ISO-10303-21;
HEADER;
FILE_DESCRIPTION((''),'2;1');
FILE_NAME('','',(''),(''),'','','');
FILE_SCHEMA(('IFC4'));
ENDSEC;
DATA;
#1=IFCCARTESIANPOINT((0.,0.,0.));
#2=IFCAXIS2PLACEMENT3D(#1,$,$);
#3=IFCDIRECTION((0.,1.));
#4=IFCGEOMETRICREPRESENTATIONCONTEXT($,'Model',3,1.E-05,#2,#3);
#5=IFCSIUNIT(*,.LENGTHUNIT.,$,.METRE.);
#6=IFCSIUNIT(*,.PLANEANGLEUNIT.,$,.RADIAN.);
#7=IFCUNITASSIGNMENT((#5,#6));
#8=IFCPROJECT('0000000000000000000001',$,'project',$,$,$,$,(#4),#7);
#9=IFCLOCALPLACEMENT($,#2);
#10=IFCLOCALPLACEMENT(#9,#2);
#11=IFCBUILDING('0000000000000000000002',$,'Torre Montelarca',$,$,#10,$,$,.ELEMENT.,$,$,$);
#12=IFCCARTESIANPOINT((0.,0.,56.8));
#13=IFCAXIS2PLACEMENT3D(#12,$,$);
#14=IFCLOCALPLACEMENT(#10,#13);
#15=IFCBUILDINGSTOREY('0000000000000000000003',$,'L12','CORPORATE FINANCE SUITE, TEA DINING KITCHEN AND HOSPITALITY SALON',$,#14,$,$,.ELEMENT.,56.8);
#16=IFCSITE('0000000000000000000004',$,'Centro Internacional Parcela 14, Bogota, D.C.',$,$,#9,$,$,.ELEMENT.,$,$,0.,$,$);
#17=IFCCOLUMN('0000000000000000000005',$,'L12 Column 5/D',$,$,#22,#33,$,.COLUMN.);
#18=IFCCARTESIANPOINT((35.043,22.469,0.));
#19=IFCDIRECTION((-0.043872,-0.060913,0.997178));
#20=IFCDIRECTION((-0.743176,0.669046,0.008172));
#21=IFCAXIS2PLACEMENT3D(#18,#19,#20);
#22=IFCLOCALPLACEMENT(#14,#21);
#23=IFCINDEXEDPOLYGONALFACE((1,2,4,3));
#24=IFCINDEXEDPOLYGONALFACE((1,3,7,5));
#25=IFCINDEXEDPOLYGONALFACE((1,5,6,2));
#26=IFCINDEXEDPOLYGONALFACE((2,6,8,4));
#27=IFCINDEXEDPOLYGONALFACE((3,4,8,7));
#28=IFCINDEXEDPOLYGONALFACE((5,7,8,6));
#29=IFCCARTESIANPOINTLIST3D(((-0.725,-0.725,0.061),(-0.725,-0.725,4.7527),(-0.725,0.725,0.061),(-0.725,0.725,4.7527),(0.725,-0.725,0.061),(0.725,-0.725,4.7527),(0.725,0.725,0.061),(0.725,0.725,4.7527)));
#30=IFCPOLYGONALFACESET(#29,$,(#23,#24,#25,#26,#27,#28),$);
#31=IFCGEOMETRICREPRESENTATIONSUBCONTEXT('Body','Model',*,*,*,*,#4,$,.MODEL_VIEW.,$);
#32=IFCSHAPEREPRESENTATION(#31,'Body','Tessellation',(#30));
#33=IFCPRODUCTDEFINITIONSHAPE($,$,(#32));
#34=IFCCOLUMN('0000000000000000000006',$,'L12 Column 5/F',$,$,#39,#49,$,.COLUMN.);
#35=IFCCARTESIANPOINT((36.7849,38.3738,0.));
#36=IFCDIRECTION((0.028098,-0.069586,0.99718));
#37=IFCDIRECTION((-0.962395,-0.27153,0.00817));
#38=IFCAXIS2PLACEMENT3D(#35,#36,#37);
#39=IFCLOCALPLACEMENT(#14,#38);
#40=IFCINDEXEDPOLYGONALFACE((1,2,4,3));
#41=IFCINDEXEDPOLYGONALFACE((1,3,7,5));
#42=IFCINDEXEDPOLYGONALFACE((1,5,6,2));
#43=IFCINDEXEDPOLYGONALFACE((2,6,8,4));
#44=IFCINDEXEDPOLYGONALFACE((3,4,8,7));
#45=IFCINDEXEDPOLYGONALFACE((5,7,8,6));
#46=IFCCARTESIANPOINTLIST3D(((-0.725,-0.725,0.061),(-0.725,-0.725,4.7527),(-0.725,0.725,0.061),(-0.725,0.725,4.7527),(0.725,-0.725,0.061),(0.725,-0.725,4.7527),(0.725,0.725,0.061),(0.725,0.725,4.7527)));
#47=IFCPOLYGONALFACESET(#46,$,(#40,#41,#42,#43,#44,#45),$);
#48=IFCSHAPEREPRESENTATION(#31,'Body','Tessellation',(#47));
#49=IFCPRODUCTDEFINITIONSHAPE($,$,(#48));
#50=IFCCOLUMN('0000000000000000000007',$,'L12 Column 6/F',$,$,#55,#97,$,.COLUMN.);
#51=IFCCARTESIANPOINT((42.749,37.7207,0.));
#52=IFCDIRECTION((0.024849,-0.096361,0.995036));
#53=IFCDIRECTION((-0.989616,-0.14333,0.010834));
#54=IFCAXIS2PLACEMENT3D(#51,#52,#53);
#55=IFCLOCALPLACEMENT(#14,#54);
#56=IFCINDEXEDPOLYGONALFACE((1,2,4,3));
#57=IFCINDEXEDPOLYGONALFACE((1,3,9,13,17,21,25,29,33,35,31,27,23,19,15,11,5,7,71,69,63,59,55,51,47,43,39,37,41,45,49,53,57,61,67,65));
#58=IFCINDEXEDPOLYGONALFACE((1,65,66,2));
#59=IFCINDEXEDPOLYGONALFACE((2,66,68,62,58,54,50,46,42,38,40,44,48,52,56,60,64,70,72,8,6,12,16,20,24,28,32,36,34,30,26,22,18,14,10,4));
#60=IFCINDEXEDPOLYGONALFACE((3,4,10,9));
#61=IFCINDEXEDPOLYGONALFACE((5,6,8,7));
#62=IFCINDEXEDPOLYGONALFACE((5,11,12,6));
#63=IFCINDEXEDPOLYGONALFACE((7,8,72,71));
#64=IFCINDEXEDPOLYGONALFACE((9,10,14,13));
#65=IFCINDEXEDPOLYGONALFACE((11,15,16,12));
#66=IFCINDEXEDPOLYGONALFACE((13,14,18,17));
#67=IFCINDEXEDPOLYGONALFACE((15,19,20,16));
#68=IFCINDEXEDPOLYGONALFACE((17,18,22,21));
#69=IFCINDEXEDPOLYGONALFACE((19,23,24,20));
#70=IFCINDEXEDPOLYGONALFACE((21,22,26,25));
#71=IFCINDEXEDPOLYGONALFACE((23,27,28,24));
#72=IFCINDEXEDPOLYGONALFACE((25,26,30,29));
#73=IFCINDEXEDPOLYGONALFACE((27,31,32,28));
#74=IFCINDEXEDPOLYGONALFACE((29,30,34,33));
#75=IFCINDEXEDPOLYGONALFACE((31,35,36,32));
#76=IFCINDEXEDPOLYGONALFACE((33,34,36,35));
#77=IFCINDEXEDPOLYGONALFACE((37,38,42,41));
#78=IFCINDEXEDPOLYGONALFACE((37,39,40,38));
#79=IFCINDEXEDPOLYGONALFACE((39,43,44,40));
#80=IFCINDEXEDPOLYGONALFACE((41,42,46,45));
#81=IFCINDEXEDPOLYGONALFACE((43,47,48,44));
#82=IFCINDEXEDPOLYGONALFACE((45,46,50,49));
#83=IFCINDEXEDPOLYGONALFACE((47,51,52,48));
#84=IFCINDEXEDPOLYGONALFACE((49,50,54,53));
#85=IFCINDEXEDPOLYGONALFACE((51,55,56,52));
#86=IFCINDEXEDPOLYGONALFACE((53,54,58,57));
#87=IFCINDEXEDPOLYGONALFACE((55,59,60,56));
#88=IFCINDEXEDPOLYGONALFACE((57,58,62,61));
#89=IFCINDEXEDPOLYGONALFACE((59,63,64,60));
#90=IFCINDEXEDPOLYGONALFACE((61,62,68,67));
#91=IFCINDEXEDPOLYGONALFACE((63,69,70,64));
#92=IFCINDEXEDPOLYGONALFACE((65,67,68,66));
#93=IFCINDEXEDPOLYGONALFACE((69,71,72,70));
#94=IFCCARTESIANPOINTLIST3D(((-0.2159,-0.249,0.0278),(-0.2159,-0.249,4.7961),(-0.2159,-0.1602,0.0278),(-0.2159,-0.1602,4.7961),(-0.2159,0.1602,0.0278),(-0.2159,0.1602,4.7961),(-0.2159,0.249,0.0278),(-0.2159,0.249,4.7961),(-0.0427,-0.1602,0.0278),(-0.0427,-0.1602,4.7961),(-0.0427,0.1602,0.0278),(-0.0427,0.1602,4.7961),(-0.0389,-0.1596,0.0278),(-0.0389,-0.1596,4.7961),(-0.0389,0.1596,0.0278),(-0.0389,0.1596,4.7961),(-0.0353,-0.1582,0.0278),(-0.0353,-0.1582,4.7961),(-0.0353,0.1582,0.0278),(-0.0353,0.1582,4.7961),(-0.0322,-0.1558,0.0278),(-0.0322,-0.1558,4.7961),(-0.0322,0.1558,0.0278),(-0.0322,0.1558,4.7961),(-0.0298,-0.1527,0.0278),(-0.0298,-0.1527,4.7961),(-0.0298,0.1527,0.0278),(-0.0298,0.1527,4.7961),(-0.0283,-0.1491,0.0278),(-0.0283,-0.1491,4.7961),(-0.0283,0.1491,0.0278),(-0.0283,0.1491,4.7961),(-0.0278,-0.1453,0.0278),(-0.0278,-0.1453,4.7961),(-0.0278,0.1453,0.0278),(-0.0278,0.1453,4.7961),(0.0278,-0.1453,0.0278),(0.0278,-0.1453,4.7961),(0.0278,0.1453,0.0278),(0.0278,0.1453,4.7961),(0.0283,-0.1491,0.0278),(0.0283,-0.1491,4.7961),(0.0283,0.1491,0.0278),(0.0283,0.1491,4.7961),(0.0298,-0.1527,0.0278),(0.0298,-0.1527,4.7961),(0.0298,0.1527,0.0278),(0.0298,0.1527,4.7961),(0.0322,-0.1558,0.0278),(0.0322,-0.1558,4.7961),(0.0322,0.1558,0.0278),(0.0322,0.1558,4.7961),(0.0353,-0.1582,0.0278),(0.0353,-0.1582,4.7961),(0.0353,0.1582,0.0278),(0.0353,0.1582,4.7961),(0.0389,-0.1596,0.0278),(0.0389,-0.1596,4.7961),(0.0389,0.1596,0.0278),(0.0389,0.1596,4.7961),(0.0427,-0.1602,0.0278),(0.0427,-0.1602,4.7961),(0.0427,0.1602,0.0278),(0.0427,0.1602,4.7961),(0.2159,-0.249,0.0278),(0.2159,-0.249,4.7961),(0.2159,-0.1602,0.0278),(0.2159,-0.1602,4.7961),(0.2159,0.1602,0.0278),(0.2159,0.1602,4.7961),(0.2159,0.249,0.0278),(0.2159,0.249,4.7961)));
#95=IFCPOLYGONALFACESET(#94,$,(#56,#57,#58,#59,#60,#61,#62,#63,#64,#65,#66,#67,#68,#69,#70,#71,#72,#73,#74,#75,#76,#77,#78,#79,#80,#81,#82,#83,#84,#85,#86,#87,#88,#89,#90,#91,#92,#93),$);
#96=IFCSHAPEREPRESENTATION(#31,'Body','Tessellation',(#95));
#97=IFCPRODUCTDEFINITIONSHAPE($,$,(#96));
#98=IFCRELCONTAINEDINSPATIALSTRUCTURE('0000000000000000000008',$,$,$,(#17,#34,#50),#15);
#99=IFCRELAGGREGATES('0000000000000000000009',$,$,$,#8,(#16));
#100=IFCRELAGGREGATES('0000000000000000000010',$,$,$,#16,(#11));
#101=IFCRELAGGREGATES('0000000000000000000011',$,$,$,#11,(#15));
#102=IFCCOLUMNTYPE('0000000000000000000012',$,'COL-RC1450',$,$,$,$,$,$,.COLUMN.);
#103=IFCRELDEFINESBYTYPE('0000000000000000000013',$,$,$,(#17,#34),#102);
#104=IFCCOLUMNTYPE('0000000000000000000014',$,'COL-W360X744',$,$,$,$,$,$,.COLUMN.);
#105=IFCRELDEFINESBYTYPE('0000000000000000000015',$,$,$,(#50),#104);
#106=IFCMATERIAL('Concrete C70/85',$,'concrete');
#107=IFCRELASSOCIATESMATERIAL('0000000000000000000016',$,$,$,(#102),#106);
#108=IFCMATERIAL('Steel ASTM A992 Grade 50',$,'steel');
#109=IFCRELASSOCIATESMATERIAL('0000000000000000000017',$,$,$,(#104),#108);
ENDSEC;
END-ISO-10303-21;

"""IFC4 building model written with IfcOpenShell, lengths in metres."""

from ifc_helpers import new_model, si_unit, direction, frame, origin, origin_2d, place, context, subcontext, project, spatial, rectangle, i_section, extrude, clip, halfspace, material, material_profile, profile_set, type_object, element, save


model = new_model("IFC4")

# Units and contexts
model_context = context("Model", 3, precision=1e-05, world=origin(), true_north=direction((0.0, 1.0)))
body_context = subcontext(model_context, "Body", "Model", "MODEL_VIEW")
ifc_project = project(units=[si_unit("LENGTHUNIT", "METRE"), si_unit("PLANEANGLEUNIT", "RADIAN")], contexts=[model_context])

# Site, building, storey
site_placement = place(None, origin())
site = spatial("IfcSite", under=ifc_project, at=site_placement, Name="Centro Internacional Parcela 14, Bogota, D.C.", CompositionType="ELEMENT", RefElevation=0.0)
building_placement = place(site_placement, origin())
building = spatial("IfcBuilding", under=site, at=building_placement, Name="Torre Montelarca", CompositionType="ELEMENT")
storey_placement = place(building_placement, frame((0.0, 0.0, 56.8)))
storey = spatial("IfcBuildingStorey", under=building, at=storey_placement, Name="L12", Description="CORPORATE FINANCE SUITE, TEA DINING KITCHEN AND HOSPITALITY SALON", CompositionType="ELEMENT", Elevation=56.8)

# Columns
ifc_material_1 = material(Name="Concrete C70/85", Category="concrete")
ifc_material_profile_1 = material_profile(ifc_material_1, rectangle(XDim=1.45, YDim=1.45, at=origin_2d()), Name="RC1450X1450", Category="concrete")
ifc_profile_set_1 = profile_set([ifc_material_profile_1], Name="Concrete C70/85")
column_type_1 = type_object("IfcColumnType", Name="COL-RC1450", PredefinedType="COLUMN", material=ifc_profile_set_1)
for number, where, z_axis, x_axis, name in (
    (1, (35.043, 22.469, 0.0), (-0.043872, -0.060913, 0.997178), (-0.743176, 0.669046, 0.008172), "L12 Column 5/D"),
    (2, (36.7849, 38.3738, 0.0), (0.028098, -0.069586, 0.99718), (-0.962395, -0.27153, 0.00817), "L12 Column 5/F"),
):
    element("IfcColumn", number, at=place(storey_placement, frame(where, z_axis=z_axis, x_axis=x_axis)), inside=storey, type_object=column_type_1, Name=name, PredefinedType="COLUMN", context=body_context, shape_type="Clipping", body=[
        clip(clip(extrude(rectangle(XDim=1.45, YDim=1.45, at=origin_2d()), origin(), (0.0, 0.0, 1.0), 4.8137), halfspace(frame((0.0, 0.0, 0.061), z_axis=(0.0, 0.0, -1.0), x_axis=(1.0, 0.0, 0.0)), False)), halfspace(frame((0.0, 0.0, 4.7527), z_axis=(0.0, 0.0, 1.0), x_axis=(1.0, 0.0, 0.0)), False)),
    ])
ifc_material_2 = material(Name="Steel ASTM A992 Grade 50", Category="steel")
ifc_material_profile_2 = material_profile(ifc_material_2, i_section(OverallWidth=0.4319, OverallDepth=0.498, WebThickness=0.0557, FlangeThickness=0.0889, FilletRadius=0.0149, at=origin_2d()), Name="W360X744", Category="steel")
ifc_profile_set_2 = profile_set([ifc_material_profile_2], Name="Steel ASTM A992 Grade 50")
column_type_2 = type_object("IfcColumnType", Name="COL-W360X744", PredefinedType="COLUMN", material=ifc_profile_set_2)
column_placement = place(storey_placement, frame((42.749, 37.7207, 0.0), z_axis=(0.024849, -0.096361, 0.995036), x_axis=(-0.989616, -0.14333, 0.010834)))
element("IfcColumn", 3, at=column_placement, inside=storey, type_object=column_type_2, Name="L12 Column 6/F", PredefinedType="COLUMN", context=body_context, shape_type="Clipping", body=[
    clip(clip(extrude(i_section(OverallWidth=0.4319, OverallDepth=0.498, WebThickness=0.0557, FlangeThickness=0.0889, FilletRadius=0.0149, at=origin_2d()), origin(), (0.0, 0.0, 1.0), 4.824), halfspace(frame((0.0, 0.0, 0.0278), z_axis=(0.0, 0.0, -1.0), x_axis=(1.0, 0.0, 0.0)), False)), halfspace(frame((0.0, 0.0, 4.7961), z_axis=(0.0, 0.0, 1.0), x_axis=(1.0, 0.0, 0.0)), False)),
])

save(model, "model.ifc")
